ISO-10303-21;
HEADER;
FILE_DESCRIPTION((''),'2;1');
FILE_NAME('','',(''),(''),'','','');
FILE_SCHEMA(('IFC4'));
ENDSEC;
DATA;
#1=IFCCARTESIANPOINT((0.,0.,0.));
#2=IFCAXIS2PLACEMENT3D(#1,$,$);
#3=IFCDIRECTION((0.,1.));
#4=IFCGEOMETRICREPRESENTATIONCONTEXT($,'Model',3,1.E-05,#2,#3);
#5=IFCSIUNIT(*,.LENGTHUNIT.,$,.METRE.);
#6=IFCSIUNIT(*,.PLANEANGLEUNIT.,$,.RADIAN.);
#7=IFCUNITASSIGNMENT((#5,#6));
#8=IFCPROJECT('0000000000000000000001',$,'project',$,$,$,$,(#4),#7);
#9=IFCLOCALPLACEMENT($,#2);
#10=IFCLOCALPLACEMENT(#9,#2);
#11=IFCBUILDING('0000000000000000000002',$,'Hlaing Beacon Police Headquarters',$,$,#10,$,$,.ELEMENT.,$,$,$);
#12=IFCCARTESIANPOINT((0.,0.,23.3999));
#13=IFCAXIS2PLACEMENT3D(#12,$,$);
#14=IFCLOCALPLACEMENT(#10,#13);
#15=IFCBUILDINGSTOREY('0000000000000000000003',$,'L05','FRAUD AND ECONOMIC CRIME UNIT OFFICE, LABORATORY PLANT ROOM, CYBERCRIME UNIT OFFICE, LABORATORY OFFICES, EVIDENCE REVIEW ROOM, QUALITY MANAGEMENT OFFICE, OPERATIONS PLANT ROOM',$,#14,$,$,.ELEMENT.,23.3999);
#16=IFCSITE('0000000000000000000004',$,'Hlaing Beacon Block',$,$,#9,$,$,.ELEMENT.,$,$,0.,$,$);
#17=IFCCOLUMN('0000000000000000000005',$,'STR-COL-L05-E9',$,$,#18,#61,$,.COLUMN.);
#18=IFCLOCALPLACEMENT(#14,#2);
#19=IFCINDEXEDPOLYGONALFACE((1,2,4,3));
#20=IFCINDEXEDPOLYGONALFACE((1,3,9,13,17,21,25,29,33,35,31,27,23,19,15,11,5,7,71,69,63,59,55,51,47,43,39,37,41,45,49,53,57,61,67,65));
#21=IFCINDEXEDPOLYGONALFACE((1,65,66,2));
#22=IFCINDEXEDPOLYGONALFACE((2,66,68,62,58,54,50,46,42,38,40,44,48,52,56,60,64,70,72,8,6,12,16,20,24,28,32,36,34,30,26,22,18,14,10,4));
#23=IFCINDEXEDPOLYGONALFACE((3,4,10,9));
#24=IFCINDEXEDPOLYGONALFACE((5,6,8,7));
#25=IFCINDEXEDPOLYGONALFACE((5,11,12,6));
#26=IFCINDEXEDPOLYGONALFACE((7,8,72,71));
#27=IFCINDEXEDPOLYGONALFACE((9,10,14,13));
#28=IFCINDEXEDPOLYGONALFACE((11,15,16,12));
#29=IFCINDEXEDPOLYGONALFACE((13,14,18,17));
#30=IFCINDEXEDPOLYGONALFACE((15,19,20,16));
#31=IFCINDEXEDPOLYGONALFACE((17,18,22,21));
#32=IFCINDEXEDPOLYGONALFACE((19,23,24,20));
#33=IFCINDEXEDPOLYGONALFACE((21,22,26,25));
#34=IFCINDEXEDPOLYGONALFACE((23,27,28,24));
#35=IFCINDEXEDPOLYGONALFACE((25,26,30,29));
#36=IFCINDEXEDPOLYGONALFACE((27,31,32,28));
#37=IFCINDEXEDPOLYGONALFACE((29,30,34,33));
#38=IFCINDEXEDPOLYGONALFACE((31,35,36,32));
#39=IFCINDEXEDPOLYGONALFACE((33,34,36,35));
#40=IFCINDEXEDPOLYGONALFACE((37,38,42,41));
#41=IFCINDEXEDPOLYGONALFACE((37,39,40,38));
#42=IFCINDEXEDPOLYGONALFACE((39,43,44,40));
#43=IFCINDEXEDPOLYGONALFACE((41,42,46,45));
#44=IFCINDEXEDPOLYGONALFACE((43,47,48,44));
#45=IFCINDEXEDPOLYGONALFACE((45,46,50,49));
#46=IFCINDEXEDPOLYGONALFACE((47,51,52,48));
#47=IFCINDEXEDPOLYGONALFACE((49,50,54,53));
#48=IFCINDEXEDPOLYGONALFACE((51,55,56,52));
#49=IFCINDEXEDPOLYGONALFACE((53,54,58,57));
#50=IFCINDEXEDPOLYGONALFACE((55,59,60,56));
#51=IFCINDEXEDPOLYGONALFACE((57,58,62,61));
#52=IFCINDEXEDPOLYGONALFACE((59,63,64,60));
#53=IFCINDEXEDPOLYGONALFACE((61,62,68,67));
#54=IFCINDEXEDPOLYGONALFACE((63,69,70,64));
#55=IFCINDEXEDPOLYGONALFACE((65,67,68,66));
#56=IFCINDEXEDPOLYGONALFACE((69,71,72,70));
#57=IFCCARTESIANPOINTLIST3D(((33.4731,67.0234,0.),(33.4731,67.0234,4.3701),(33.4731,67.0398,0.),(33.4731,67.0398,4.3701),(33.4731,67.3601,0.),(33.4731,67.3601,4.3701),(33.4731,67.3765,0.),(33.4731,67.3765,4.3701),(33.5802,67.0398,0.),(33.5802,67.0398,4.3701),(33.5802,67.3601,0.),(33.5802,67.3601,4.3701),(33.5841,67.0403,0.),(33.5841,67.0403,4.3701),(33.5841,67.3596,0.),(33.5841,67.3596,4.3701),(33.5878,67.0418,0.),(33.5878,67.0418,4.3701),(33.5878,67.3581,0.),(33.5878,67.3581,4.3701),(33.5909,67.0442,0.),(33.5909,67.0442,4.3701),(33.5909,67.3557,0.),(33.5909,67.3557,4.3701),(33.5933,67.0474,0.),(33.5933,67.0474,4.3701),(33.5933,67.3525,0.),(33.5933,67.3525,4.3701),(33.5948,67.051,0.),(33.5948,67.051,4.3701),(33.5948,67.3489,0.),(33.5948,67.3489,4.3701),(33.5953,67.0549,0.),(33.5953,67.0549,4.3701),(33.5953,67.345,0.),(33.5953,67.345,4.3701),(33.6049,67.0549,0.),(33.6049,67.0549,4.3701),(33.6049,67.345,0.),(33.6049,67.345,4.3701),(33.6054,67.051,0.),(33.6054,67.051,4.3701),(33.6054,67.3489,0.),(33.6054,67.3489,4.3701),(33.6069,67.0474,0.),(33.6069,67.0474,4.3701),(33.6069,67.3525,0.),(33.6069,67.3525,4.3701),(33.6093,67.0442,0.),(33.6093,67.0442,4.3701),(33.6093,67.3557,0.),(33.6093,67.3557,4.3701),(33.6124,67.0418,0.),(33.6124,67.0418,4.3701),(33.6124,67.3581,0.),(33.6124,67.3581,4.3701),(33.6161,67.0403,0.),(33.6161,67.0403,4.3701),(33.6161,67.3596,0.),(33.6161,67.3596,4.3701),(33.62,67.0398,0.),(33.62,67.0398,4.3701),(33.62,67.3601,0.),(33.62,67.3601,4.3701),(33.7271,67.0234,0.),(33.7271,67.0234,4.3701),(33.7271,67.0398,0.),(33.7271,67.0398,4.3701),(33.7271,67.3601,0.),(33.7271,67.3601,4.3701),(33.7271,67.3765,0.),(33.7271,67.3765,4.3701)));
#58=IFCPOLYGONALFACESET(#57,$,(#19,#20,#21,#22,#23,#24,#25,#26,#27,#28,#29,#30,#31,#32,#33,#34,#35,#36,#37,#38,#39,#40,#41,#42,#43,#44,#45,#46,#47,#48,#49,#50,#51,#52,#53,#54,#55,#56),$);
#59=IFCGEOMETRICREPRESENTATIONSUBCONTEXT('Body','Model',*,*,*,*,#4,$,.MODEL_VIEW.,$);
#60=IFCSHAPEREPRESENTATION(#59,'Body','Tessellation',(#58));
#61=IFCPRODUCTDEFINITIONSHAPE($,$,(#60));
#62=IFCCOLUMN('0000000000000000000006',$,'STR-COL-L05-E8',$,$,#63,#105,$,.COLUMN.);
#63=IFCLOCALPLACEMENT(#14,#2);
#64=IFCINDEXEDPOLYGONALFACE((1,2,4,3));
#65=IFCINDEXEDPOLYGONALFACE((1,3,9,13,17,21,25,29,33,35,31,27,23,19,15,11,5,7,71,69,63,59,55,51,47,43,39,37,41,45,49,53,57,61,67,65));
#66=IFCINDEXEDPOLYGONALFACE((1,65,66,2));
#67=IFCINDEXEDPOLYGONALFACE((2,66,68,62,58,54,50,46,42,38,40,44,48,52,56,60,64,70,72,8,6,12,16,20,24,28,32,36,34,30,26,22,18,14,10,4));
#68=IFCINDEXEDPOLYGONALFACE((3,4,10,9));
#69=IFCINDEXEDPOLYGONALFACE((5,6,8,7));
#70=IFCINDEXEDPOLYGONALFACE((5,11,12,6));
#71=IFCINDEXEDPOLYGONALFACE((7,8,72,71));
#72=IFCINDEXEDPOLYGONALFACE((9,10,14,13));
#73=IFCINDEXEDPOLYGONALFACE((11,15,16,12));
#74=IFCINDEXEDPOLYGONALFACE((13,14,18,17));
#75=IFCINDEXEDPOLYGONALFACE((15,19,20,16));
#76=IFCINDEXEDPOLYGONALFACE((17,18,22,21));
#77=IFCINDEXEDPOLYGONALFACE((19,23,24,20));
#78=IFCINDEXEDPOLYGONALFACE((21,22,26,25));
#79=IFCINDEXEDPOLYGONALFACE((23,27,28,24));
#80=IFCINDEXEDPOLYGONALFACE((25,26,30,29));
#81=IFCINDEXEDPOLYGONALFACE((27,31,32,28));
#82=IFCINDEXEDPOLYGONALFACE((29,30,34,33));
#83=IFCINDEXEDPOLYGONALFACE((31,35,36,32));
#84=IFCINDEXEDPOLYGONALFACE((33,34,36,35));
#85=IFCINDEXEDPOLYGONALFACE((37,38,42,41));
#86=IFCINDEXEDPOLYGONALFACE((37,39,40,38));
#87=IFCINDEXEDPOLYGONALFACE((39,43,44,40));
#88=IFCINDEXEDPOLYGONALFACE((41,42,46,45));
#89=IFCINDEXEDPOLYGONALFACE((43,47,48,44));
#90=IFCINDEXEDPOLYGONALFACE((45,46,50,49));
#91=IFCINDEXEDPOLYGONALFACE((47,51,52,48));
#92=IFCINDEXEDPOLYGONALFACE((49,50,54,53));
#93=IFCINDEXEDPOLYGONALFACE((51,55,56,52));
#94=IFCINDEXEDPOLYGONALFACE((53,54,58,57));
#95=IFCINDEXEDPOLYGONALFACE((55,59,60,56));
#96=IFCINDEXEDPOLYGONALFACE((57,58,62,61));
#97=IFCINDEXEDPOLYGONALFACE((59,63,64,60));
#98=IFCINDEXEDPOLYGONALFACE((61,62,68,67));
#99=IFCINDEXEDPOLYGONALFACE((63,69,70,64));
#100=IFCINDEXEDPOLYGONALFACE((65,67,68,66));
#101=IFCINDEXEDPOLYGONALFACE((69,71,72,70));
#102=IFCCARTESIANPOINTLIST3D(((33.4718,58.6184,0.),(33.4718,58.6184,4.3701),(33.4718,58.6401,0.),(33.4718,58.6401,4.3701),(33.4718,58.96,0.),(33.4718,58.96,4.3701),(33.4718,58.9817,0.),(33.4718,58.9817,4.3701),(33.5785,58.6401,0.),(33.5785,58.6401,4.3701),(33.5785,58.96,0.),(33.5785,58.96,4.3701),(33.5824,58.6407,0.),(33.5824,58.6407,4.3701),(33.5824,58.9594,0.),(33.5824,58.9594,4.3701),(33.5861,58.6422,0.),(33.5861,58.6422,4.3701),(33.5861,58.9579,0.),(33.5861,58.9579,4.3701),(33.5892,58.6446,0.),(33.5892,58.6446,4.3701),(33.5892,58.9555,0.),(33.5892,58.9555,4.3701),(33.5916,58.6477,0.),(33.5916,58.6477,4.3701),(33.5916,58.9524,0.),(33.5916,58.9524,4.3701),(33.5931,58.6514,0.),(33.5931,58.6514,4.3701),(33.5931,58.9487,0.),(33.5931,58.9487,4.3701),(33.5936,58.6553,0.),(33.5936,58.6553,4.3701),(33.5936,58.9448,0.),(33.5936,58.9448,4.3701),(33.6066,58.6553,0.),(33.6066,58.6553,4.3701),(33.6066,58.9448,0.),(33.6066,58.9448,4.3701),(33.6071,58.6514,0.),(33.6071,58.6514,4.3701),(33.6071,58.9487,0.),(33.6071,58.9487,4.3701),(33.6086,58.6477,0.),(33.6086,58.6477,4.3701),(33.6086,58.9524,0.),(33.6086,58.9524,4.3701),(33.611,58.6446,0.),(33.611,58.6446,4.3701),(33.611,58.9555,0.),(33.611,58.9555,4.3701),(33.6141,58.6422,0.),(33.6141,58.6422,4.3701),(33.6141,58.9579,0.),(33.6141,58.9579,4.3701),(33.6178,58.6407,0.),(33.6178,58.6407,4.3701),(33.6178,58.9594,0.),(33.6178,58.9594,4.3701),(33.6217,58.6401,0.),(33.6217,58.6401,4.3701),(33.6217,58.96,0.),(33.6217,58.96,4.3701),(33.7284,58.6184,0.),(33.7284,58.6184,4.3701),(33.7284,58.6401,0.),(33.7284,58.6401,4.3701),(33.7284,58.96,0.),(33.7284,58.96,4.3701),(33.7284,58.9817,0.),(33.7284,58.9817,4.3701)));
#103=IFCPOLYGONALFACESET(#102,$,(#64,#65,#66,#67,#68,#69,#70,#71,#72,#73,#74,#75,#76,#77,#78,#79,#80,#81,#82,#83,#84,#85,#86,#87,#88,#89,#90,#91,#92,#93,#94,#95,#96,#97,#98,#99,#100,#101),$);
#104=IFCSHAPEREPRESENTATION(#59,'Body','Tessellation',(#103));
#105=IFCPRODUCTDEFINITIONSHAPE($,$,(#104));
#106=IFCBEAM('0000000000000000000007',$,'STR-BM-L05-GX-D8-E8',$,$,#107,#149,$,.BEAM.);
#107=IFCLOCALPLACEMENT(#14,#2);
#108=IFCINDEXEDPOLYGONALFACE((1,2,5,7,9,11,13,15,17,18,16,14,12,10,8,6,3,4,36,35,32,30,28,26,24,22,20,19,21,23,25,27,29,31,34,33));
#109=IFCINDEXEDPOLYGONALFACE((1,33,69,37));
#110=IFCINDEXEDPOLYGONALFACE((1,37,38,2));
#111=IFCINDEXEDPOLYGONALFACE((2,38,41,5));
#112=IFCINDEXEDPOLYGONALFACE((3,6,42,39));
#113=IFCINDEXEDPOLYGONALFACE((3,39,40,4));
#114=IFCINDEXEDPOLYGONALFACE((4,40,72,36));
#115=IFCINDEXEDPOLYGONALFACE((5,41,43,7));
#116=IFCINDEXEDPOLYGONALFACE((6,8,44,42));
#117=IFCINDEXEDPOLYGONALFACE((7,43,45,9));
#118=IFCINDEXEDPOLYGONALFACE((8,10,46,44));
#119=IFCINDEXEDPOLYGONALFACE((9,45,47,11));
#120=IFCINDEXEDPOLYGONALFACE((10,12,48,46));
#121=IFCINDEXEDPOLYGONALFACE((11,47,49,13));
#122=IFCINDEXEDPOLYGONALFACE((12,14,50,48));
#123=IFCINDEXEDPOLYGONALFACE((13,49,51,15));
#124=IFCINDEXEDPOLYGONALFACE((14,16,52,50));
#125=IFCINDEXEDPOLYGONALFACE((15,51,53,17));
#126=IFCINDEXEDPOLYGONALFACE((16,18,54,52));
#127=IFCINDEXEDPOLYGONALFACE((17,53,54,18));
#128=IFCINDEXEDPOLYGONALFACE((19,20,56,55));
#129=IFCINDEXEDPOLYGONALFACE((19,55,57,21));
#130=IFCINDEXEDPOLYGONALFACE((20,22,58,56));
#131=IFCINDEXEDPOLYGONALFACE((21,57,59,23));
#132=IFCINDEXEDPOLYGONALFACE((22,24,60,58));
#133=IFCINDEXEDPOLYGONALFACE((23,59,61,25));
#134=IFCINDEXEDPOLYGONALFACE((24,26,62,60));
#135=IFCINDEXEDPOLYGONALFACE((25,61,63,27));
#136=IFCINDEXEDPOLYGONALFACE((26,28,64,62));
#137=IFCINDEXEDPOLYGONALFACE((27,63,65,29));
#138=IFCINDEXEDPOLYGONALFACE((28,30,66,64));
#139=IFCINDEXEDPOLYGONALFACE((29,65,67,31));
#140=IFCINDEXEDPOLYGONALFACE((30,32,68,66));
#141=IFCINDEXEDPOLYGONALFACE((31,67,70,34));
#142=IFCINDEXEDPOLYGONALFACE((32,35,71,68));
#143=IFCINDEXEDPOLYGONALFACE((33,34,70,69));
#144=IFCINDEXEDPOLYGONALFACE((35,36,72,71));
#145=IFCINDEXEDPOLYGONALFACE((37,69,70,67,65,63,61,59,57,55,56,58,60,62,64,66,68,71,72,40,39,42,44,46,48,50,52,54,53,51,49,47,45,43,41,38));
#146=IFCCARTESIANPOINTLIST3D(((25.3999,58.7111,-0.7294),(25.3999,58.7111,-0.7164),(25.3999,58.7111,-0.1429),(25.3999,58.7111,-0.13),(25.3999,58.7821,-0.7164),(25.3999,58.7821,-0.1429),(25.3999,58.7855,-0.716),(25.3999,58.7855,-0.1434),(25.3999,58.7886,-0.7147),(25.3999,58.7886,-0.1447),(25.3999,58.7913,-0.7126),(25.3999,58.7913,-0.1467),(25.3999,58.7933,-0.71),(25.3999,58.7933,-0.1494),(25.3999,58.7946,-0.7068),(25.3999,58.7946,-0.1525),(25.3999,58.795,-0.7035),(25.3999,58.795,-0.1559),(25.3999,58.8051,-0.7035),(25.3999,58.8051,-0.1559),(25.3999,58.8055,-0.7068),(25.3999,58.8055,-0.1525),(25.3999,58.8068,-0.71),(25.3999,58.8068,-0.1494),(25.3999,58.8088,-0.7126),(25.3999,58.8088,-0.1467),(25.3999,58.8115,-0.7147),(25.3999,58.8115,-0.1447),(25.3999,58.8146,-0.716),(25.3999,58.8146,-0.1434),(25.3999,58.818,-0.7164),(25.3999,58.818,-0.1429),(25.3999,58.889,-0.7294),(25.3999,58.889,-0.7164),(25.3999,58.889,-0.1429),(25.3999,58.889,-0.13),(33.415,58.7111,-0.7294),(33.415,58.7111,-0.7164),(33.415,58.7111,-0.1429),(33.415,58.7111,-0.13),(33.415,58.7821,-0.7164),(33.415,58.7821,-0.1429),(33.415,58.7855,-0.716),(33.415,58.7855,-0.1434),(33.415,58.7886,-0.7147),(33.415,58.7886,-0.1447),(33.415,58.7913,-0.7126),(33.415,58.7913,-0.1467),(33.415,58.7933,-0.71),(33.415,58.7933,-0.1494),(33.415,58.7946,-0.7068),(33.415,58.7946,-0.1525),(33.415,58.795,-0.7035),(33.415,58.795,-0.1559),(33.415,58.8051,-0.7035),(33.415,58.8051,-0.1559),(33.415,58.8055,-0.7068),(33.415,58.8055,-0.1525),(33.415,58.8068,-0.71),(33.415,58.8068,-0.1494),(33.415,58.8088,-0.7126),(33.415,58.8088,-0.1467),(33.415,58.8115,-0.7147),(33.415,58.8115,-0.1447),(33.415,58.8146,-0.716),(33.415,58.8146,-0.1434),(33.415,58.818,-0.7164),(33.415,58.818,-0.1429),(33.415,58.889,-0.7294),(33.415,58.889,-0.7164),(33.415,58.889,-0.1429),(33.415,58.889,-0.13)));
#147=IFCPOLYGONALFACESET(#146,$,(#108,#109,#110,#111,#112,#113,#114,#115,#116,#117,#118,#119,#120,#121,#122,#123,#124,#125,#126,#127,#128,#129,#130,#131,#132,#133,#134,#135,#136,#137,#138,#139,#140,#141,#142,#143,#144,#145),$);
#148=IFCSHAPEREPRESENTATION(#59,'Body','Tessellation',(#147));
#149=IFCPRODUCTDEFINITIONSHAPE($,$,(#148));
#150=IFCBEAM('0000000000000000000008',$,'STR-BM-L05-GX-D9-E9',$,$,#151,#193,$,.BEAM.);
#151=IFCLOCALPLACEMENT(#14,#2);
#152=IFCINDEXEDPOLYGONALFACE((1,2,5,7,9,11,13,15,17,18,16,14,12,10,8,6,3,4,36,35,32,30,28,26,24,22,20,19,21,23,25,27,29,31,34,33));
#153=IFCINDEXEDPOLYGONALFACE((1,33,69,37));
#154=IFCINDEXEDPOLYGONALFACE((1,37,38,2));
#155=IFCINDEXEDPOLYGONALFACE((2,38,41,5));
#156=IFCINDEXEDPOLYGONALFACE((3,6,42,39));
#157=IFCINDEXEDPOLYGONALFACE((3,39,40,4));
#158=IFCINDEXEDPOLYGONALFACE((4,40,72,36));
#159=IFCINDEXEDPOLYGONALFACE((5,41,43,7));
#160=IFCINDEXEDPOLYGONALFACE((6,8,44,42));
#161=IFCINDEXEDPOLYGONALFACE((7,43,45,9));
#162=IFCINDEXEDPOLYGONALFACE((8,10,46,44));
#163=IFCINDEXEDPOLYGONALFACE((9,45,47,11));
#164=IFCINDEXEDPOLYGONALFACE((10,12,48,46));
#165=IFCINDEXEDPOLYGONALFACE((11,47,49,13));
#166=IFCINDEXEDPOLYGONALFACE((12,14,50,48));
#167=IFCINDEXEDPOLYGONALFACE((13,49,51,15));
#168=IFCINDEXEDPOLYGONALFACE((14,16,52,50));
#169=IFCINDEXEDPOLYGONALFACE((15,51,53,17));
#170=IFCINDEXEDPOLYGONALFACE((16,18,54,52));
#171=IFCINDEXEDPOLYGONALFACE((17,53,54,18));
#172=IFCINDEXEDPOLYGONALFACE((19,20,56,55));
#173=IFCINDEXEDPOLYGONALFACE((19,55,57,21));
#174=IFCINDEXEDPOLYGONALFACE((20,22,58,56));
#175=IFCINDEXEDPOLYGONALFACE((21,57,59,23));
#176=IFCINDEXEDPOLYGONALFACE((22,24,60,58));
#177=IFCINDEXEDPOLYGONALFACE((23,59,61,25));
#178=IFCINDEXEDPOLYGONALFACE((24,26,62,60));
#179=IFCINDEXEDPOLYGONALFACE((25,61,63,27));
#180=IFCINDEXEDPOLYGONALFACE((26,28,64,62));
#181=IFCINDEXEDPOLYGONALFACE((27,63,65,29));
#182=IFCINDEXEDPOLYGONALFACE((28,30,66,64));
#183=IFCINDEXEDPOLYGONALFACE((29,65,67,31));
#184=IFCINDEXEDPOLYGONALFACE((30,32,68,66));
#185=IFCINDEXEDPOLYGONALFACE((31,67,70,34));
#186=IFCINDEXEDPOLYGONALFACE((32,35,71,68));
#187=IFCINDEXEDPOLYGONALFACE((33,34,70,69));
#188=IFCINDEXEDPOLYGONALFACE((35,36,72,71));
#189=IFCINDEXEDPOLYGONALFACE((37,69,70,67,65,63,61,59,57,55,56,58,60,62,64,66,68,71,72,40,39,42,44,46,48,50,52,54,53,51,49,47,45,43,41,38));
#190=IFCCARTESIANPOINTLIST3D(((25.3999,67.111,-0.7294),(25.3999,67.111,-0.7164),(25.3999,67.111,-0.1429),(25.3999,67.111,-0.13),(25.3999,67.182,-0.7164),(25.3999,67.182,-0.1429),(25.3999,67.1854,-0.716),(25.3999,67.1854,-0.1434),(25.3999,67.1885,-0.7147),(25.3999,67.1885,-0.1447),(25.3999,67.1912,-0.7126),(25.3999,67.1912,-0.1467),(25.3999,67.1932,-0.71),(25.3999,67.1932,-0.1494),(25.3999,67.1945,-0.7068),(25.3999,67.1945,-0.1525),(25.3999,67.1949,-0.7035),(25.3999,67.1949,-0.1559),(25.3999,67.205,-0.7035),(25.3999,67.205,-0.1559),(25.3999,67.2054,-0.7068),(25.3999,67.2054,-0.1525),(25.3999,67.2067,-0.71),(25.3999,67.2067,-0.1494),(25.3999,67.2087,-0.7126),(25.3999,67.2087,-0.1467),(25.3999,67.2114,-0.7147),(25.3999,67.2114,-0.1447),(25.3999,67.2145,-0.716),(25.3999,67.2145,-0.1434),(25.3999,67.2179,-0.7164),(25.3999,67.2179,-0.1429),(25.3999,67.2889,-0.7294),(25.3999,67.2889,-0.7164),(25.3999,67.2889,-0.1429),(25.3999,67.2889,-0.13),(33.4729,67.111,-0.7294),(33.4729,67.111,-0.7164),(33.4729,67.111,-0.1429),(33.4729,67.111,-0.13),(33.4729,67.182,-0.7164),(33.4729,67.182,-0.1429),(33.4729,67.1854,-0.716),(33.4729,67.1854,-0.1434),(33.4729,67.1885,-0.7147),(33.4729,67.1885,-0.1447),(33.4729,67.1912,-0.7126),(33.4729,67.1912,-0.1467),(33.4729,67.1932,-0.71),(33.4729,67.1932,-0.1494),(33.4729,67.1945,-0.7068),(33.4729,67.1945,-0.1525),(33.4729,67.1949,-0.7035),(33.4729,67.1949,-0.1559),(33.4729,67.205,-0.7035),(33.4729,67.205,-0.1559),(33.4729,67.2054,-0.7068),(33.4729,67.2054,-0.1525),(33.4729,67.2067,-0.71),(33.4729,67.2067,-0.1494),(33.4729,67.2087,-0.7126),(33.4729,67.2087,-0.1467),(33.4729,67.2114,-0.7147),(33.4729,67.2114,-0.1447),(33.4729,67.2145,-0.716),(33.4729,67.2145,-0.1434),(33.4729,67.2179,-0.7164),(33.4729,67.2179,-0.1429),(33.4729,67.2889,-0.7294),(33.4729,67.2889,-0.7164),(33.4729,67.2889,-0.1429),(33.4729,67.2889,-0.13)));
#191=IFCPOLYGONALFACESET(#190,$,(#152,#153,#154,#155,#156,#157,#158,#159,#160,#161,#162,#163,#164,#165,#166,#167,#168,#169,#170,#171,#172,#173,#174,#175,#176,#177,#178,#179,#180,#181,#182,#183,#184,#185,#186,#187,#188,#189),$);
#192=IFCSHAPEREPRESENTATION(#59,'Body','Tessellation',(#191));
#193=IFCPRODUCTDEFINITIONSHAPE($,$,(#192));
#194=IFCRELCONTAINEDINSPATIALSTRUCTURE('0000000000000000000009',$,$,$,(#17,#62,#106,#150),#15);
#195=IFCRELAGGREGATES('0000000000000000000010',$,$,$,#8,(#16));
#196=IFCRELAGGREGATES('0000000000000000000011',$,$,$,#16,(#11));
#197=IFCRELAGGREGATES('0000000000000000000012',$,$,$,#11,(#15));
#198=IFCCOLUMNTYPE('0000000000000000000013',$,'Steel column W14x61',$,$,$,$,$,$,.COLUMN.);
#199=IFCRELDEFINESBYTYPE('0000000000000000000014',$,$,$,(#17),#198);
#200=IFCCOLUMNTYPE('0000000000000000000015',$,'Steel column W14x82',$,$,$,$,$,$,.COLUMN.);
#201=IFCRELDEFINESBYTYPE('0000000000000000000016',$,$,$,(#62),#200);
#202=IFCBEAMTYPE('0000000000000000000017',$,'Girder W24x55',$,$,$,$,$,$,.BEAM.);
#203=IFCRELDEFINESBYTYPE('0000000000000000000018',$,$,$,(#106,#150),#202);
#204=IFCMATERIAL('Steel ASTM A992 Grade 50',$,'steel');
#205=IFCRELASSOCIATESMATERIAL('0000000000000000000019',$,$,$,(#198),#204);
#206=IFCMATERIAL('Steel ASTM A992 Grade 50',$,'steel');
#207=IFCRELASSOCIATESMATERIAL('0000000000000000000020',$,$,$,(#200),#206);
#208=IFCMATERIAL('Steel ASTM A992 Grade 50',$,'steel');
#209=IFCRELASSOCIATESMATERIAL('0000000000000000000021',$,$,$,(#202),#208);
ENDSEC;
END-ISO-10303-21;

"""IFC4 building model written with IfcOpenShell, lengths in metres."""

from ifc_helpers import new_model, si_unit, direction, frame, origin, origin_2d, place, context, subcontext, project, spatial, i_section, extrude, material, material_profile, profile_set, type_object, element, save


model = new_model("IFC4")

# Units and contexts
model_context = context("Model", 3, precision=1e-05, world=origin(), true_north=direction((0.0, 1.0)))
body_context = subcontext(model_context, "Body", "Model", "MODEL_VIEW")
ifc_project = project(units=[si_unit("LENGTHUNIT", "METRE"), si_unit("PLANEANGLEUNIT", "RADIAN")], contexts=[model_context])

# Site, building, storey
site_placement = place(None, origin())
site = spatial("IfcSite", under=ifc_project, at=site_placement, Name="Hlaing Beacon Block", CompositionType="ELEMENT", RefElevation=0.0)
building_placement = place(site_placement, origin())
building = spatial("IfcBuilding", under=site, at=building_placement, Name="Hlaing Beacon Police Headquarters", CompositionType="ELEMENT")
storey_placement = place(building_placement, frame((0.0, 0.0, 23.3999)))
storey = spatial("IfcBuildingStorey", under=building, at=storey_placement, Name="L05", Description="FRAUD AND ECONOMIC CRIME UNIT OFFICE, LABORATORY PLANT ROOM, CYBERCRIME UNIT OFFICE, LABORATORY OFFICES, EVIDENCE REVIEW ROOM, QUALITY MANAGEMENT OFFICE, OPERATIONS PLANT ROOM", CompositionType="ELEMENT", Elevation=23.3999)

# Columns
ifc_material_1 = material(Name="Steel ASTM A992 Grade 50", Category="steel")
ifc_material_profile_1 = material_profile(ifc_material_1, i_section(OverallWidth=0.2539, OverallDepth=0.353, WebThickness=0.0095, FlangeThickness=0.0164, FilletRadius=0.0151, at=origin_2d()), Name="W14x61")
ifc_profile_set_1 = profile_set([ifc_material_profile_1], Name="Steel ASTM A992 Grade 50")
column_type_1 = type_object("IfcColumnType", Name="Steel column W14x61", PredefinedType="COLUMN", material=ifc_profile_set_1)
column_1_placement = place(storey_placement, frame((33.6001, 67.2, 0.0), z_axis=(0.0, 0.0, 1.0), x_axis=(1.0, 0.0, 0.0)))
element("IfcColumn", 1, at=column_1_placement, inside=storey, type_object=column_type_1, Name="STR-COL-L05-E9", PredefinedType="COLUMN", context=body_context, shape_type="SweptSolid", body=[
    extrude(i_section(OverallWidth=0.2539, OverallDepth=0.353, WebThickness=0.0095, FlangeThickness=0.0164, FilletRadius=0.0151, at=origin_2d()), origin(), (0.0, 0.0, 1.0), 4.3701),
])
ifc_material_2 = material(Name="Steel ASTM A992 Grade 50", Category="steel")
ifc_material_profile_2 = material_profile(ifc_material_2, i_section(OverallWidth=0.2566, OverallDepth=0.3633, WebThickness=0.0129, FlangeThickness=0.0217, FilletRadius=0.0151, at=origin_2d()), Name="W14x82")
ifc_profile_set_2 = profile_set([ifc_material_profile_2], Name="Steel ASTM A992 Grade 50")
column_type_2 = type_object("IfcColumnType", Name="Steel column W14x82", PredefinedType="COLUMN", material=ifc_profile_set_2)
column_2_placement = place(storey_placement, frame((33.6001, 58.8, 0.0), z_axis=(0.0, 0.0, 1.0), x_axis=(1.0, 0.0, 0.0)))
element("IfcColumn", 2, at=column_2_placement, inside=storey, type_object=column_type_2, Name="STR-COL-L05-E8", PredefinedType="COLUMN", context=body_context, shape_type="SweptSolid", body=[
    extrude(i_section(OverallWidth=0.2566, OverallDepth=0.3633, WebThickness=0.0129, FlangeThickness=0.0217, FilletRadius=0.0151, at=origin_2d()), origin(), (0.0, 0.0, 1.0), 4.3701),
])

# Beams
ifc_material_3 = material(Name="Steel ASTM A992 Grade 50", Category="steel")
ifc_material_profile_3 = material_profile(ifc_material_3, i_section(OverallWidth=0.178, OverallDepth=0.5994, WebThickness=0.01, FlangeThickness=0.0129, FilletRadius=0.0129, at=origin_2d()), Name="W24x55")
ifc_profile_set_3 = profile_set([ifc_material_profile_3], Name="Steel ASTM A992 Grade 50")
beam_type_1 = type_object("IfcBeamType", Name="Girder W24x55", PredefinedType="BEAM", material=ifc_profile_set_3)
beam_1_placement = place(storey_placement, frame((25.3999, 58.8, -0.4297), z_axis=(1.0, 0.0, 0.0), x_axis=(0.0, 1.0, 0.0)))
element("IfcBeam", 3, at=beam_1_placement, inside=storey, type_object=beam_type_1, Name="STR-BM-L05-GX-D8-E8", PredefinedType="BEAM", context=body_context, shape_type="SweptSolid", body=[
    extrude(i_section(OverallWidth=0.178, OverallDepth=0.5994, WebThickness=0.01, FlangeThickness=0.0129, FilletRadius=0.0129, at=origin_2d()), origin(), (0.0, 0.0, 1.0), 8.0151),
])
beam_2_placement = place(storey_placement, frame((25.3999, 67.2, -0.4297), z_axis=(1.0, 0.0, 0.0), x_axis=(0.0, 1.0, 0.0)))
element("IfcBeam", 4, at=beam_2_placement, inside=storey, type_object=beam_type_1, Name="STR-BM-L05-GX-D9-E9", PredefinedType="BEAM", context=body_context, shape_type="SweptSolid", body=[
    extrude(i_section(OverallWidth=0.178, OverallDepth=0.5994, WebThickness=0.01, FlangeThickness=0.0129, FilletRadius=0.0129, at=origin_2d()), origin(), (0.0, 0.0, 1.0), 8.073),
])

save(model, "model.ifc")
